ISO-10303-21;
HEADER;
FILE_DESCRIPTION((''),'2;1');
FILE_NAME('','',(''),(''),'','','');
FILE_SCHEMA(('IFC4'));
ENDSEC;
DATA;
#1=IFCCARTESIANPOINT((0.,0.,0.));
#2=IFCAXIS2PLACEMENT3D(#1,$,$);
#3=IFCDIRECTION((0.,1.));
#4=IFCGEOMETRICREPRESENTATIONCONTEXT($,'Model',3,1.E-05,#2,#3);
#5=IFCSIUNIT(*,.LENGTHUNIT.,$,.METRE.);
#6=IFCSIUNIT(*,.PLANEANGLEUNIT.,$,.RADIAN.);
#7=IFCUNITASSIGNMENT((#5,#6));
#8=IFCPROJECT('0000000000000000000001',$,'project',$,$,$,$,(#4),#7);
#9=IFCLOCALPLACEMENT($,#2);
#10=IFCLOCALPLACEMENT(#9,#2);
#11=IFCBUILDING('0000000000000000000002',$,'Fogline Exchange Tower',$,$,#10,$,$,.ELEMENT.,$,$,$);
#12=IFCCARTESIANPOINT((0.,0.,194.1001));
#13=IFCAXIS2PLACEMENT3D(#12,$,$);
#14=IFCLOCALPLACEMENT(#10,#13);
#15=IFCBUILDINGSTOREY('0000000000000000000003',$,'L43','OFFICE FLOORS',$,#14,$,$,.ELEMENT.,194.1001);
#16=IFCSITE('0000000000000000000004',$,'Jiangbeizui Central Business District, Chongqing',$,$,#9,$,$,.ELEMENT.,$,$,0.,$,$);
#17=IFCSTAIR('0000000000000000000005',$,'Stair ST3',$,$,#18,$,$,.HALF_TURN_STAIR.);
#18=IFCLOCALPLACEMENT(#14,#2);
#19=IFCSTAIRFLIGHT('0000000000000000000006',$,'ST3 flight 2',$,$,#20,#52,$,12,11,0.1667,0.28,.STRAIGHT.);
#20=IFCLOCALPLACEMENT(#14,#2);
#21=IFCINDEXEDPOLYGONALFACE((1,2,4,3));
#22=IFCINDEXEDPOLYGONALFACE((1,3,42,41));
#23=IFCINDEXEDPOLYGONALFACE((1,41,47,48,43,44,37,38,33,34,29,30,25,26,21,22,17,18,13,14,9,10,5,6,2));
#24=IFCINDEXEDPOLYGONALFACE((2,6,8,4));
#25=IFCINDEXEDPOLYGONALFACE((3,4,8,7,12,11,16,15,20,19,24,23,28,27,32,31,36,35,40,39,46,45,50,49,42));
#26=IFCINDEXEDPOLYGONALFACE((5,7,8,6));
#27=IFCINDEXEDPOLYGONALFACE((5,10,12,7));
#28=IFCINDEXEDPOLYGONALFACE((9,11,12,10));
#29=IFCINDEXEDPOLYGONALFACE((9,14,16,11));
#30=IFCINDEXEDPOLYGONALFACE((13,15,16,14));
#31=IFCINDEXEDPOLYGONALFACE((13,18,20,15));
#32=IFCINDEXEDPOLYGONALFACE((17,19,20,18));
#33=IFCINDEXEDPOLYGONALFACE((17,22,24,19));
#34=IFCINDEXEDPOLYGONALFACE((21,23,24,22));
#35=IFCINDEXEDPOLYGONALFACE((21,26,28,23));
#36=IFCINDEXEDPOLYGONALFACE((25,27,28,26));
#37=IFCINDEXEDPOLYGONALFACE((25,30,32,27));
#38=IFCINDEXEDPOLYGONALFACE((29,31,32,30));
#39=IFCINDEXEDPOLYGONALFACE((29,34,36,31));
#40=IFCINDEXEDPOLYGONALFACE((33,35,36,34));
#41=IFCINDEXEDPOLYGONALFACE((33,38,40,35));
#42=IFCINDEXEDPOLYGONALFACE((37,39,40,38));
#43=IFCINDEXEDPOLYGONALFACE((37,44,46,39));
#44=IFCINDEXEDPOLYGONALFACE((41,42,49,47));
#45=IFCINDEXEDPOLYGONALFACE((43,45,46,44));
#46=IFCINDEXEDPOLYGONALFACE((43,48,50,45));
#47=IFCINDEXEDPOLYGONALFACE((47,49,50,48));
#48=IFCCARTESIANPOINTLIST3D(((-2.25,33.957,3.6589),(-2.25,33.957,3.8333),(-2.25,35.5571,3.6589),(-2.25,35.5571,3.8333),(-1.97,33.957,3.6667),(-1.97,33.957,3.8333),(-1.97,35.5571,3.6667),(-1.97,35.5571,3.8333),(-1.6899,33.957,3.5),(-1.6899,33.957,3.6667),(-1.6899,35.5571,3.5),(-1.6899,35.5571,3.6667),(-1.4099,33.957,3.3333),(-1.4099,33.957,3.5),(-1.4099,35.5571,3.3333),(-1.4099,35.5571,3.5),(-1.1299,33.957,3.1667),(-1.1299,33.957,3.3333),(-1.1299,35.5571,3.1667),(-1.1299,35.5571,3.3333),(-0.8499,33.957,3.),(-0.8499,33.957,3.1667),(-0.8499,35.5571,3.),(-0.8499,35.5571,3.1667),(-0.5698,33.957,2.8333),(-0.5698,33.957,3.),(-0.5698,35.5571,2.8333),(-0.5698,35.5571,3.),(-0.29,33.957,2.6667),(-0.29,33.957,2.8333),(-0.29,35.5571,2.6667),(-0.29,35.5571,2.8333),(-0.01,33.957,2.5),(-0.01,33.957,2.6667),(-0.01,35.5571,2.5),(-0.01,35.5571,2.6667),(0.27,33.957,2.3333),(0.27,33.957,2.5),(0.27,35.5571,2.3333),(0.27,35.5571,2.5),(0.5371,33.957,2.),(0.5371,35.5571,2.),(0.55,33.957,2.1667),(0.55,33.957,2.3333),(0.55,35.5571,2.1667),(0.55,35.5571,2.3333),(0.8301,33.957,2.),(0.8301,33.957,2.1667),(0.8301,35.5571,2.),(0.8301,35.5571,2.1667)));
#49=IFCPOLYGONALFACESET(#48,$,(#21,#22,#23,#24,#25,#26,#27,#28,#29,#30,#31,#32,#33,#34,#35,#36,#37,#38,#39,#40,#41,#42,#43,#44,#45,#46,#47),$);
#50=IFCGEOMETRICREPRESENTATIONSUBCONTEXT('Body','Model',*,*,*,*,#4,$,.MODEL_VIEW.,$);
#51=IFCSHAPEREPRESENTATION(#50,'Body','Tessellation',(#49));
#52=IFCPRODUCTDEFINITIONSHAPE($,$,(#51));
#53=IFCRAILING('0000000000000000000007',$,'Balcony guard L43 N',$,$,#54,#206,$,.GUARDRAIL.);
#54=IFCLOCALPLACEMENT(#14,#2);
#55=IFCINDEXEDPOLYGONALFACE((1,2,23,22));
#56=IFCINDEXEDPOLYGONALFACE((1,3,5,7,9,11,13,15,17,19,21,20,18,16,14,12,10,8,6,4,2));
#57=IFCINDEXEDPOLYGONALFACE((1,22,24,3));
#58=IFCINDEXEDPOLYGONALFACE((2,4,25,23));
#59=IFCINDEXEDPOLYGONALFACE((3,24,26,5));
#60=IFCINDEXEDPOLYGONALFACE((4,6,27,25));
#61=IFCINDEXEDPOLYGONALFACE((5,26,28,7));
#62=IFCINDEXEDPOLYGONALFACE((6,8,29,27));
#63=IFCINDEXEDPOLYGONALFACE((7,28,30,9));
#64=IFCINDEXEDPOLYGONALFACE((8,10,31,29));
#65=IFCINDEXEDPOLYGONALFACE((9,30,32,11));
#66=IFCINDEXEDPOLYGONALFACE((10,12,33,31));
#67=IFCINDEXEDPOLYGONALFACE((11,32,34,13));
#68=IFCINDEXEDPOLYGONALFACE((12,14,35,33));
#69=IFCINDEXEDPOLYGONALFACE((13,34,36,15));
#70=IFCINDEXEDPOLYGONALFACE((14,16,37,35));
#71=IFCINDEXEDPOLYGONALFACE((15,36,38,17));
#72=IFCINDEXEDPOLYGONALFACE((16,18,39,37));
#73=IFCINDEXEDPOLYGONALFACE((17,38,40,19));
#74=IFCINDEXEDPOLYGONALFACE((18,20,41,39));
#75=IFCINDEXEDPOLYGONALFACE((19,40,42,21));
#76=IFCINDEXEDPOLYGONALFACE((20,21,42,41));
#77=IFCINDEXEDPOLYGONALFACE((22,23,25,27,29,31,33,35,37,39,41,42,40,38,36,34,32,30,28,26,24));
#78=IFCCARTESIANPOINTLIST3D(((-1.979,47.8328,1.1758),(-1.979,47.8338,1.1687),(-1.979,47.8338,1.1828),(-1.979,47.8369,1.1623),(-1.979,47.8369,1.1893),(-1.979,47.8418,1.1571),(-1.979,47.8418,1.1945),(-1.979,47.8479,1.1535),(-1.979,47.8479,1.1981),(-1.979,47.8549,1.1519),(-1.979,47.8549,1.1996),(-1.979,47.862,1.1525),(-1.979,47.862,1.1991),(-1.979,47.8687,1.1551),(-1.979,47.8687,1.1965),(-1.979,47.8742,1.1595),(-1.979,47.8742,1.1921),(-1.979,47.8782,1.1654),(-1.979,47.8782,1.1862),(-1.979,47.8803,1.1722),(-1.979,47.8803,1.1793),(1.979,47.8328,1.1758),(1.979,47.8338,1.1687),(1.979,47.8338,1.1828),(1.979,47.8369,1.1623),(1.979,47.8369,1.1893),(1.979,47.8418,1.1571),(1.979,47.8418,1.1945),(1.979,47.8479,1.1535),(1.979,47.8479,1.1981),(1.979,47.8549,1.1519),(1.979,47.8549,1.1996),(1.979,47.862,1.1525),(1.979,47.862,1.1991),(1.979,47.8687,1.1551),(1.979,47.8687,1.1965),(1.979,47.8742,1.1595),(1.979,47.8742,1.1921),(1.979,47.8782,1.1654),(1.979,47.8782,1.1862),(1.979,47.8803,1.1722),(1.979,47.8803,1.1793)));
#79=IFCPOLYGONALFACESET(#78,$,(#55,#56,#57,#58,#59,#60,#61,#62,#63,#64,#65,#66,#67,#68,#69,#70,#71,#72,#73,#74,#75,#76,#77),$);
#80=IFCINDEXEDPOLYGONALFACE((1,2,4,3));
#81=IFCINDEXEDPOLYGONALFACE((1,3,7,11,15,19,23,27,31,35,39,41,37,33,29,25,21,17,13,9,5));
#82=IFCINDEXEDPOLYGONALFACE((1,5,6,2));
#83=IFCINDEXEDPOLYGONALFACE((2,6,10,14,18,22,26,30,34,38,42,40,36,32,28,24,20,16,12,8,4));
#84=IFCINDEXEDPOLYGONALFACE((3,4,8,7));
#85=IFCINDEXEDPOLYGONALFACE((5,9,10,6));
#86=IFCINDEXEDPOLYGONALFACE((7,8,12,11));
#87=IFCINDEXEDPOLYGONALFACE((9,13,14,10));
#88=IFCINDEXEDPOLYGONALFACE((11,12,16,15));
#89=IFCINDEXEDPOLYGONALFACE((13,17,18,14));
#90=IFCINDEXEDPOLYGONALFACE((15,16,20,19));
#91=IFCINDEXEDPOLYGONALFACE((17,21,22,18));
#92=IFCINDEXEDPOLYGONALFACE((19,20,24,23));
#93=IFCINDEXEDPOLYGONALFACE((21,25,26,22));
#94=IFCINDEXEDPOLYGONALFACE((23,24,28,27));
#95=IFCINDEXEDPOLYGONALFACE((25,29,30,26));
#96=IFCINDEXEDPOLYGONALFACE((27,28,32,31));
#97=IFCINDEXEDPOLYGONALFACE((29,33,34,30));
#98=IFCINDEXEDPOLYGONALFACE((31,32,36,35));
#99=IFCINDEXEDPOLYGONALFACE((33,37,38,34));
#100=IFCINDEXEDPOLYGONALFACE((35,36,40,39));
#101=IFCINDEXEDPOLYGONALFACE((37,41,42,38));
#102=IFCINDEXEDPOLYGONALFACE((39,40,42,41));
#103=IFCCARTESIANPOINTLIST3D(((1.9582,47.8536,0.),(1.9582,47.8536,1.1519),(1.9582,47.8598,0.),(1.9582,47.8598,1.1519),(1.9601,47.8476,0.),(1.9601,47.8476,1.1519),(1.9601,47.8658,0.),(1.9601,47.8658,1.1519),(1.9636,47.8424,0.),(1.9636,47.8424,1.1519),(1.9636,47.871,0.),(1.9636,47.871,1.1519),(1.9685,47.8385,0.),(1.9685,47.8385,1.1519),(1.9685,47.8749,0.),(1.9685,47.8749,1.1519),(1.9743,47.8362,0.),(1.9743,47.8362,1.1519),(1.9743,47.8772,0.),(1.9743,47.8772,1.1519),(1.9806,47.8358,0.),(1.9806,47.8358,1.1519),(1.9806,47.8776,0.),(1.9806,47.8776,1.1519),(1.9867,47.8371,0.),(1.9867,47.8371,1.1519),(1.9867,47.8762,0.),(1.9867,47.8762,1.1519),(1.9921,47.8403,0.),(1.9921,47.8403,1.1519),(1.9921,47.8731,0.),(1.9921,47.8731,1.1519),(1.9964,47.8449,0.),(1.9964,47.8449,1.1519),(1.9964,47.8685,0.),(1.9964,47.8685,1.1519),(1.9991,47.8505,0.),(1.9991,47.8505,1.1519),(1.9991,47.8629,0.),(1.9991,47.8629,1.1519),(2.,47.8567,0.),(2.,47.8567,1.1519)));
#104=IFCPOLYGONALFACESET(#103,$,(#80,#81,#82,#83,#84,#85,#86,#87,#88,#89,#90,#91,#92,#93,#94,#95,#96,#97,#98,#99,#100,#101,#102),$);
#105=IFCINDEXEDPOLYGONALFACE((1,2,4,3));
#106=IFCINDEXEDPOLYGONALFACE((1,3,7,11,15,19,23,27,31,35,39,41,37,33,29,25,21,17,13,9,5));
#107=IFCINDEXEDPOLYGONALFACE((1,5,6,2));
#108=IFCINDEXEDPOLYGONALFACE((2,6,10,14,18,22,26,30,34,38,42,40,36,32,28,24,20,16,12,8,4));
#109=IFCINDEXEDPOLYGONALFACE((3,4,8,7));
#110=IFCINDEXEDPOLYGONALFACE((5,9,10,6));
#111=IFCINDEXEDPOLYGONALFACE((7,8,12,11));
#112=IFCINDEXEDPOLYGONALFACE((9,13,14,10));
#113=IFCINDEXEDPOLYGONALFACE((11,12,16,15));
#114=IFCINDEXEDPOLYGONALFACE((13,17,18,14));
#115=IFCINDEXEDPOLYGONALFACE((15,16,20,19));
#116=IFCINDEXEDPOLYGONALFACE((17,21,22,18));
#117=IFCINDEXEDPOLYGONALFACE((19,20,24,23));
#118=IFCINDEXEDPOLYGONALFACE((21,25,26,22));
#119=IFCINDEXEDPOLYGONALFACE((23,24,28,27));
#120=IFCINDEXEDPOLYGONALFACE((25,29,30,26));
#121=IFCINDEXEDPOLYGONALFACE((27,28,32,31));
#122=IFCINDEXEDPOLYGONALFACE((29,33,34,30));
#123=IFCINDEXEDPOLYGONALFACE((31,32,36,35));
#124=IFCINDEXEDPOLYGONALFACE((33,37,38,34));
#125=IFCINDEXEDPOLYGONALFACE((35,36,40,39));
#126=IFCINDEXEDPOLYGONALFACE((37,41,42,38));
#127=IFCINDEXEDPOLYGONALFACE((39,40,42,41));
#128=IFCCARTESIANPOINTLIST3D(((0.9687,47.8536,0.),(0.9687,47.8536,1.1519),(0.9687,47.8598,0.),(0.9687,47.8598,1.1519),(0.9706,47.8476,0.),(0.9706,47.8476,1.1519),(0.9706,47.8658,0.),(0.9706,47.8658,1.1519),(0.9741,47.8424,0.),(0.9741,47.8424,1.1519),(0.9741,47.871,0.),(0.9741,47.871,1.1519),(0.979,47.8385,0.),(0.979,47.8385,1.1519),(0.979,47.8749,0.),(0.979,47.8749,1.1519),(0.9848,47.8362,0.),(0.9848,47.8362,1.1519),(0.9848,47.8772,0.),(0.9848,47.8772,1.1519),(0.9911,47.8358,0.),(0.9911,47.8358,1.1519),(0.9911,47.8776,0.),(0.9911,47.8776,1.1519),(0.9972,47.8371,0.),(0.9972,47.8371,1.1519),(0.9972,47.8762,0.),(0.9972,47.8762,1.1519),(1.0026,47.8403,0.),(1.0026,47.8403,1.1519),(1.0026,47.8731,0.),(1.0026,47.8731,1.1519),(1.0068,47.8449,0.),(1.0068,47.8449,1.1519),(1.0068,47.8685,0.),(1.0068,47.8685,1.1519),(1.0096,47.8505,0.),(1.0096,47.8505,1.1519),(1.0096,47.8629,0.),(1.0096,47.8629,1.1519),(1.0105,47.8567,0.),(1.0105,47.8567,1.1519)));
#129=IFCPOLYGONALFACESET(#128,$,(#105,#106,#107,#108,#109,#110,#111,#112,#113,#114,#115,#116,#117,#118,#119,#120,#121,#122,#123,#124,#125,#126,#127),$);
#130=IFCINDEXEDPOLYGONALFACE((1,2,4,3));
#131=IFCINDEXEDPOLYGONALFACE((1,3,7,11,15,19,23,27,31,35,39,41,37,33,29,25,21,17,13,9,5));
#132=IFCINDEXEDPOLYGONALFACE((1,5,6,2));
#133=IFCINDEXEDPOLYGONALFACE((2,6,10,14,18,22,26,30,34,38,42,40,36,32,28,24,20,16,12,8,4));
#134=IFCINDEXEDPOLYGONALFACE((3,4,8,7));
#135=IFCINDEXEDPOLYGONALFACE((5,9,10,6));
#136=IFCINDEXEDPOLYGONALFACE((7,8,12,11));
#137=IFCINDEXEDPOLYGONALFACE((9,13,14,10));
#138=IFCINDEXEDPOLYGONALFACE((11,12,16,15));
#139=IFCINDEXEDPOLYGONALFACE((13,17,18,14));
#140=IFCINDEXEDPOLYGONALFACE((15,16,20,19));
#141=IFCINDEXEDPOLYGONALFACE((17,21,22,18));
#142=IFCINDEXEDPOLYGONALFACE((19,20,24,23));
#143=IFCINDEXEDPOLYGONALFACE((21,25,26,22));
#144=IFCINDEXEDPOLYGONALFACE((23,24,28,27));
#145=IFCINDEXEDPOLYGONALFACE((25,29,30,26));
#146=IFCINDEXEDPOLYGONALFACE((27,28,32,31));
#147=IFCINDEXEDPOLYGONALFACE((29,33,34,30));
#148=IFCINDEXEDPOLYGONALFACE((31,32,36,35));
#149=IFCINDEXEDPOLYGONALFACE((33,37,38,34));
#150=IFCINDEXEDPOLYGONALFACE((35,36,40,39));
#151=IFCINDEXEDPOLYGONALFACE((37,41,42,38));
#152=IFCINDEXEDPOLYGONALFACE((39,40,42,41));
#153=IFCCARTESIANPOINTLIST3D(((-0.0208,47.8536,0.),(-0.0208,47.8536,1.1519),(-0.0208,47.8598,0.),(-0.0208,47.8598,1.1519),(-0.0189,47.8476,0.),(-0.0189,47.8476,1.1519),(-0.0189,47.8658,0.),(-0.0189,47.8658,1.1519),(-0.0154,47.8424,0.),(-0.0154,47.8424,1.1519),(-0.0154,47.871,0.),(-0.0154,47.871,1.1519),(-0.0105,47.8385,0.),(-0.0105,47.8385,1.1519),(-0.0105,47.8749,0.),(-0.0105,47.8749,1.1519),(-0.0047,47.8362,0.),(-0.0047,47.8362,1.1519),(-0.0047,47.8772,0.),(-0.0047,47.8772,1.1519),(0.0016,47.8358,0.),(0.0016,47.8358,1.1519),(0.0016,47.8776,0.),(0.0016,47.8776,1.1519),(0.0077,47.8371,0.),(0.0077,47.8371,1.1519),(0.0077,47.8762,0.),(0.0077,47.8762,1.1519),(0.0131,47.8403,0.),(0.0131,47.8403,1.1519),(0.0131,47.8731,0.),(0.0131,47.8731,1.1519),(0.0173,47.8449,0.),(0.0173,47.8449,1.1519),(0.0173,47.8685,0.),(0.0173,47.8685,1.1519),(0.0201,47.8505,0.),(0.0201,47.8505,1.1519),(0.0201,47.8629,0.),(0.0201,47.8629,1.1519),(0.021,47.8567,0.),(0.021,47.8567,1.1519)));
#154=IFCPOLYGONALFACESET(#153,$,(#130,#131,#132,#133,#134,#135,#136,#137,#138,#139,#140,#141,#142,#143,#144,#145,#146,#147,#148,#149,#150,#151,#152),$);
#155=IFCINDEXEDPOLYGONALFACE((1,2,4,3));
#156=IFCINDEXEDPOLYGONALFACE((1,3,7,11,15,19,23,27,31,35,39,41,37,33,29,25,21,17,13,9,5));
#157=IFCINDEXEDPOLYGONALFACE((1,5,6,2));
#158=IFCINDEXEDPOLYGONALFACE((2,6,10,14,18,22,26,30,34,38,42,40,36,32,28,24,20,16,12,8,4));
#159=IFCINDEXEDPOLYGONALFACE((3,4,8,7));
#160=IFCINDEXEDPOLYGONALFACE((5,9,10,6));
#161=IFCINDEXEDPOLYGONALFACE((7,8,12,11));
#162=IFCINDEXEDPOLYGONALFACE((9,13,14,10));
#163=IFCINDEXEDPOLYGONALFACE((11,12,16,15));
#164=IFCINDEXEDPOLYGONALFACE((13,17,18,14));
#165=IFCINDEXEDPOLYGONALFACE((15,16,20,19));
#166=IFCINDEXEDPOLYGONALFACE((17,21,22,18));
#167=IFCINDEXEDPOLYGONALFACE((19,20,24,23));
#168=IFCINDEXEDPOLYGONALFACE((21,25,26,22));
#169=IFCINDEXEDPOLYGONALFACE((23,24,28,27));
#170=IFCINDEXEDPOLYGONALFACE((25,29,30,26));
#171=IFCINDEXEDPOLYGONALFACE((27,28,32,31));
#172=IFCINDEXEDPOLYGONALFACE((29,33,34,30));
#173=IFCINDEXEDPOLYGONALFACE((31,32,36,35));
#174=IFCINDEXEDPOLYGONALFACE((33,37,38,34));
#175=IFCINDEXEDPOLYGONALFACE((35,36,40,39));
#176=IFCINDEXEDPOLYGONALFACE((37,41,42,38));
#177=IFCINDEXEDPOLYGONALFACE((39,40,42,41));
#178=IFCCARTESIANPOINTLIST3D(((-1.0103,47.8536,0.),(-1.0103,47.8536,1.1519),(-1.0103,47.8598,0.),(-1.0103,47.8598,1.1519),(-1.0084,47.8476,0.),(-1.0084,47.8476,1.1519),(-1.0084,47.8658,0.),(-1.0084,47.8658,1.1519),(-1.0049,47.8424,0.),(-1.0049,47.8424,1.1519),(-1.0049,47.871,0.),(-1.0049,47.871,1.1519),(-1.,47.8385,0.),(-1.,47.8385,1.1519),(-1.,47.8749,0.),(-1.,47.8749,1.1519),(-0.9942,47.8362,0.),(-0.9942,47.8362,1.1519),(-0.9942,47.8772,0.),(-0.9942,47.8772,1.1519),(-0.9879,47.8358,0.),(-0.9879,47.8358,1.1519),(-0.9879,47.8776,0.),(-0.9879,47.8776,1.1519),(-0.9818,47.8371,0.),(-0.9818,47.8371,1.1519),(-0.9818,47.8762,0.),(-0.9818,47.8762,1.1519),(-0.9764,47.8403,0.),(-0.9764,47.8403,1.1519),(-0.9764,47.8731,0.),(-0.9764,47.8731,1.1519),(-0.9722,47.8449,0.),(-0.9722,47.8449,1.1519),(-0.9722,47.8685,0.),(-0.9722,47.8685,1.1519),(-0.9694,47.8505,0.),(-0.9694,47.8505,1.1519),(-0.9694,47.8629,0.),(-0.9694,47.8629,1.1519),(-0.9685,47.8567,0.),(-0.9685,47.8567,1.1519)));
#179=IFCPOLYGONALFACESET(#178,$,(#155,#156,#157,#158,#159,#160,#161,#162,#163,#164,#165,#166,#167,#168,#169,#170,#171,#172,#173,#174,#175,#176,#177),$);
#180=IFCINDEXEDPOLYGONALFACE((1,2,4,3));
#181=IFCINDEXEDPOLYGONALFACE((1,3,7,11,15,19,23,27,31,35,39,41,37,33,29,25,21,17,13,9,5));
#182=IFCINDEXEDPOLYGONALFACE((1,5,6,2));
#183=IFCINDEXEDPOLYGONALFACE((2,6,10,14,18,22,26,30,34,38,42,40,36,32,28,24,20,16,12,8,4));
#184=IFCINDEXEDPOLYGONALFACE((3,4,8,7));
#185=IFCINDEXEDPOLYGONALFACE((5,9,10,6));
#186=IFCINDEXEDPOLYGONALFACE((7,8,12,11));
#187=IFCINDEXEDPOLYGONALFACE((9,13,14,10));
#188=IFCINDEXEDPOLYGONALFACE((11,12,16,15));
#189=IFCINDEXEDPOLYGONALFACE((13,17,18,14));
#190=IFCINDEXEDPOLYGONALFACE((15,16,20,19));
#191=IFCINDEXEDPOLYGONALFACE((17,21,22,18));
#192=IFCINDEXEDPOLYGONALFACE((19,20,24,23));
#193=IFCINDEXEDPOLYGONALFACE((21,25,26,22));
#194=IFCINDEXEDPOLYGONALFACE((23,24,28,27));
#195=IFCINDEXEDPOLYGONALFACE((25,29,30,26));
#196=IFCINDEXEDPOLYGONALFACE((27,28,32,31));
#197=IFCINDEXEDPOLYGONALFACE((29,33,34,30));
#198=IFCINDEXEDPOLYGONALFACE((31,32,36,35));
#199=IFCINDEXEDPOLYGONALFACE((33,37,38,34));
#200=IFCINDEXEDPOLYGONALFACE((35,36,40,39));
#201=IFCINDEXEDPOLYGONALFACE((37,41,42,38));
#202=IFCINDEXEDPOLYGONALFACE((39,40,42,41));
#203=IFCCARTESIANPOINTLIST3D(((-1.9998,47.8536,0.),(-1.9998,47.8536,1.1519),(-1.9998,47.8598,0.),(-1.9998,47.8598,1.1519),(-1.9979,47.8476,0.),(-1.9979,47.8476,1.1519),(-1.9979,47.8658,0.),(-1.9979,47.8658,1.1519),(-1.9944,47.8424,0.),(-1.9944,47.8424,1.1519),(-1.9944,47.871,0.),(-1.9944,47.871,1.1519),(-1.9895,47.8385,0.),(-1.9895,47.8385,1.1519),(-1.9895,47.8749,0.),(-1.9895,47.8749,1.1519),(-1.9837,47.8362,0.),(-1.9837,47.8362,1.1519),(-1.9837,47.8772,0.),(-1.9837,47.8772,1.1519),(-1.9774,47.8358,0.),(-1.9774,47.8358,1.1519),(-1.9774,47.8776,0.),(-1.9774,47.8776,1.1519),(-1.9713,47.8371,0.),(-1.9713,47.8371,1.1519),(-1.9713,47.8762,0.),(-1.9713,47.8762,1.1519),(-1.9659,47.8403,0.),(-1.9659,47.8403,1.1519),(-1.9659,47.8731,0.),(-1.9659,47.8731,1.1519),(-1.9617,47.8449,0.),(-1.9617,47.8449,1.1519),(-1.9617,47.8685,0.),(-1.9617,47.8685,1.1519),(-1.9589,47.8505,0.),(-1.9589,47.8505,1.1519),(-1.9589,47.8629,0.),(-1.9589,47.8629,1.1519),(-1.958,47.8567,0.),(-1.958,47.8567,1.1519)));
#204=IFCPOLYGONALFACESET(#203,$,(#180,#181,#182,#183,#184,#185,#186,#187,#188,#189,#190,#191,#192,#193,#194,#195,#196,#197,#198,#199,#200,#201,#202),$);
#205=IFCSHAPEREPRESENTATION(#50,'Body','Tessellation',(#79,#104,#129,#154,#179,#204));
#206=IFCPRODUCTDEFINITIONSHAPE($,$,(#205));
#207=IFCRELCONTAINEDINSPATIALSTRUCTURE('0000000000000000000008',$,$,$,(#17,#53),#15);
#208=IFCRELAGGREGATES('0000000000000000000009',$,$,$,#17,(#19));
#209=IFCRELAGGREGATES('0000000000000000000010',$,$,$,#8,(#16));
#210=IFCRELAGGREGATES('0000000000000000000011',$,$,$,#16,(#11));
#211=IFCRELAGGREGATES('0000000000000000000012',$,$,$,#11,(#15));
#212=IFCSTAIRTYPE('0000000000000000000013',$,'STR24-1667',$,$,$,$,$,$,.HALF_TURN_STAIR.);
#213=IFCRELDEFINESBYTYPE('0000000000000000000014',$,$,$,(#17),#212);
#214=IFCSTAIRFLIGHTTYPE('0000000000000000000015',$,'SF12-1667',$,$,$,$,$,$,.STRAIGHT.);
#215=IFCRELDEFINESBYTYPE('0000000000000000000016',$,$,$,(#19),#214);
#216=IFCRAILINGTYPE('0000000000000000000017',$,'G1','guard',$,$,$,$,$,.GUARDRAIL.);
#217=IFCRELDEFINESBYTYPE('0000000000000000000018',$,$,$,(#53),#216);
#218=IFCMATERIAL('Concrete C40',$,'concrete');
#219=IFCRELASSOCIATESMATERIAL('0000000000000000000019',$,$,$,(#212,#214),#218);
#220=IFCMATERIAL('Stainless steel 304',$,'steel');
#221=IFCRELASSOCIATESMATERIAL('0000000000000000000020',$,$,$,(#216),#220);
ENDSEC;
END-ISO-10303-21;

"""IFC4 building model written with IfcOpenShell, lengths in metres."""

from ifc_helpers import new_model, si_unit, direction, frame, origin, origin_2d, place, context, subcontext, project, spatial, polyline, circle, outline, extrude, material, type_object, element, aggregate, save


model = new_model("IFC4")

# Units and contexts
model_context = context("Model", 3, precision=1e-05, world=origin(), true_north=direction((0.0, 1.0)))
body_context = subcontext(model_context, "Body", "Model", "MODEL_VIEW")
ifc_project = project(units=[si_unit("LENGTHUNIT", "METRE"), si_unit("PLANEANGLEUNIT", "RADIAN")], contexts=[model_context])

# Site, building, storey
site_placement = place(None, origin())
site = spatial("IfcSite", under=ifc_project, at=site_placement, Name="Jiangbeizui Central Business District, Chongqing", CompositionType="ELEMENT", RefElevation=0.0)
building_placement = place(site_placement, origin())
building = spatial("IfcBuilding", under=site, at=building_placement, Name="Fogline Exchange Tower", CompositionType="ELEMENT")
storey_placement = place(building_placement, frame((0.0, 0.0, 194.1001)))
storey = spatial("IfcBuildingStorey", under=building, at=storey_placement, Name="L43", Description="OFFICE FLOORS", CompositionType="ELEMENT", Elevation=194.1001)

# Shared definitions
ifc_material_1 = material(Name="Concrete C40", Category="concrete")

# Stair, stair flight
stair_type = type_object("IfcStairType", Name="STR24-1667", PredefinedType="HALF_TURN_STAIR", material=ifc_material_1)
stair_placement = place(storey_placement, origin())
stair = element("IfcStair", 1, at=stair_placement, inside=storey, type_object=stair_type, Name="Stair ST3", PredefinedType="HALF_TURN_STAIR")
stair_flight_type = type_object("IfcStairFlightType", Name="SF12-1667", PredefinedType="STRAIGHT", material=ifc_material_1)
stair_flight_placement = place(storey_placement, frame((0.8301, 34.7571, 2.0), z_axis=(0.0, 0.0, 1.0), x_axis=(-1.0, 0.0, 0.0)))
stair_flight = element("IfcStairFlight", 2, at=stair_flight_placement, type_object=stair_flight_type, Name="ST3 flight 2", NumberOfRisers=12, NumberOfTreads=11, PredefinedType="STRAIGHT", RiserHeight=0.1667, TreadLength=0.28, context=body_context, shape_type="SweptSolid", body=[
    extrude(outline(polyline([(0.0, 0.0), (0.0, 0.1667), (0.28, 0.1667), (0.28, 0.3333), (0.5601, 0.3333), (0.5601, 0.5), (0.8401, 0.5), (0.8401, 0.6667), (1.1201, 0.6667), (1.1201, 0.8333), (1.3999, 0.8333), (1.3999, 1.0), (1.6799, 1.0), (1.6799, 1.1667), (1.96, 1.1667), (1.96, 1.3333), (2.24, 1.3333), (2.24, 1.5), (2.52, 1.5), (2.52, 1.6667), (2.8, 1.6667), (2.8, 1.8333), (3.0801, 1.8333), (3.0801, 2.0), (3.0801, 1.6589), (0.293, 0.0), (0.0, 0.0)])), frame((0.0, 0.8, 0.0), z_axis=(0.0, -1.0, 0.0), x_axis=(1.0, 0.0, 0.0)), (0.0, 0.0, 1.0), 1.6001),
])
aggregate(stair, [stair_flight])

# Railing
ifc_material_2 = material(Name="Stainless steel 304", Category="steel")
railing_type = type_object("IfcRailingType", Name="G1", Description="guard", PredefinedType="GUARDRAIL", material=ifc_material_2)
railing_placement = place(storey_placement, frame((1.979, 47.8567, 0.0)))
element("IfcRailing", 3, at=railing_placement, inside=storey, type_object=railing_type, Name="Balcony guard L43 N", PredefinedType="GUARDRAIL", context=body_context, shape_type="SweptSolid", body=[
    extrude(circle(Radius=0.0239, at=origin_2d()), frame((0.0, 0.0, 1.1758), z_axis=(-1.0, 0.0, 0.0), x_axis=(0.0, -1.0, 0.0)), (0.0, 0.0, 1.0), 3.958),
    extrude(circle(Radius=0.021, at=origin_2d()), origin(), (0.0, 0.0, 1.0), 1.1519),
    extrude(circle(Radius=0.021, at=origin_2d()), frame((-0.9895, 0.0, 0.0)), (0.0, 0.0, 1.0), 1.1519),
    extrude(circle(Radius=0.021, at=origin_2d()), frame((-1.979, 0.0, 0.0)), (0.0, 0.0, 1.0), 1.1519),
    extrude(circle(Radius=0.021, at=origin_2d()), frame((-2.9685, 0.0, 0.0)), (0.0, 0.0, 1.0), 1.1519),
    extrude(circle(Radius=0.021, at=origin_2d()), frame((-3.958, 0.0, 0.0)), (0.0, 0.0, 1.0), 1.1519),
])

save(model, "model.ifc")
